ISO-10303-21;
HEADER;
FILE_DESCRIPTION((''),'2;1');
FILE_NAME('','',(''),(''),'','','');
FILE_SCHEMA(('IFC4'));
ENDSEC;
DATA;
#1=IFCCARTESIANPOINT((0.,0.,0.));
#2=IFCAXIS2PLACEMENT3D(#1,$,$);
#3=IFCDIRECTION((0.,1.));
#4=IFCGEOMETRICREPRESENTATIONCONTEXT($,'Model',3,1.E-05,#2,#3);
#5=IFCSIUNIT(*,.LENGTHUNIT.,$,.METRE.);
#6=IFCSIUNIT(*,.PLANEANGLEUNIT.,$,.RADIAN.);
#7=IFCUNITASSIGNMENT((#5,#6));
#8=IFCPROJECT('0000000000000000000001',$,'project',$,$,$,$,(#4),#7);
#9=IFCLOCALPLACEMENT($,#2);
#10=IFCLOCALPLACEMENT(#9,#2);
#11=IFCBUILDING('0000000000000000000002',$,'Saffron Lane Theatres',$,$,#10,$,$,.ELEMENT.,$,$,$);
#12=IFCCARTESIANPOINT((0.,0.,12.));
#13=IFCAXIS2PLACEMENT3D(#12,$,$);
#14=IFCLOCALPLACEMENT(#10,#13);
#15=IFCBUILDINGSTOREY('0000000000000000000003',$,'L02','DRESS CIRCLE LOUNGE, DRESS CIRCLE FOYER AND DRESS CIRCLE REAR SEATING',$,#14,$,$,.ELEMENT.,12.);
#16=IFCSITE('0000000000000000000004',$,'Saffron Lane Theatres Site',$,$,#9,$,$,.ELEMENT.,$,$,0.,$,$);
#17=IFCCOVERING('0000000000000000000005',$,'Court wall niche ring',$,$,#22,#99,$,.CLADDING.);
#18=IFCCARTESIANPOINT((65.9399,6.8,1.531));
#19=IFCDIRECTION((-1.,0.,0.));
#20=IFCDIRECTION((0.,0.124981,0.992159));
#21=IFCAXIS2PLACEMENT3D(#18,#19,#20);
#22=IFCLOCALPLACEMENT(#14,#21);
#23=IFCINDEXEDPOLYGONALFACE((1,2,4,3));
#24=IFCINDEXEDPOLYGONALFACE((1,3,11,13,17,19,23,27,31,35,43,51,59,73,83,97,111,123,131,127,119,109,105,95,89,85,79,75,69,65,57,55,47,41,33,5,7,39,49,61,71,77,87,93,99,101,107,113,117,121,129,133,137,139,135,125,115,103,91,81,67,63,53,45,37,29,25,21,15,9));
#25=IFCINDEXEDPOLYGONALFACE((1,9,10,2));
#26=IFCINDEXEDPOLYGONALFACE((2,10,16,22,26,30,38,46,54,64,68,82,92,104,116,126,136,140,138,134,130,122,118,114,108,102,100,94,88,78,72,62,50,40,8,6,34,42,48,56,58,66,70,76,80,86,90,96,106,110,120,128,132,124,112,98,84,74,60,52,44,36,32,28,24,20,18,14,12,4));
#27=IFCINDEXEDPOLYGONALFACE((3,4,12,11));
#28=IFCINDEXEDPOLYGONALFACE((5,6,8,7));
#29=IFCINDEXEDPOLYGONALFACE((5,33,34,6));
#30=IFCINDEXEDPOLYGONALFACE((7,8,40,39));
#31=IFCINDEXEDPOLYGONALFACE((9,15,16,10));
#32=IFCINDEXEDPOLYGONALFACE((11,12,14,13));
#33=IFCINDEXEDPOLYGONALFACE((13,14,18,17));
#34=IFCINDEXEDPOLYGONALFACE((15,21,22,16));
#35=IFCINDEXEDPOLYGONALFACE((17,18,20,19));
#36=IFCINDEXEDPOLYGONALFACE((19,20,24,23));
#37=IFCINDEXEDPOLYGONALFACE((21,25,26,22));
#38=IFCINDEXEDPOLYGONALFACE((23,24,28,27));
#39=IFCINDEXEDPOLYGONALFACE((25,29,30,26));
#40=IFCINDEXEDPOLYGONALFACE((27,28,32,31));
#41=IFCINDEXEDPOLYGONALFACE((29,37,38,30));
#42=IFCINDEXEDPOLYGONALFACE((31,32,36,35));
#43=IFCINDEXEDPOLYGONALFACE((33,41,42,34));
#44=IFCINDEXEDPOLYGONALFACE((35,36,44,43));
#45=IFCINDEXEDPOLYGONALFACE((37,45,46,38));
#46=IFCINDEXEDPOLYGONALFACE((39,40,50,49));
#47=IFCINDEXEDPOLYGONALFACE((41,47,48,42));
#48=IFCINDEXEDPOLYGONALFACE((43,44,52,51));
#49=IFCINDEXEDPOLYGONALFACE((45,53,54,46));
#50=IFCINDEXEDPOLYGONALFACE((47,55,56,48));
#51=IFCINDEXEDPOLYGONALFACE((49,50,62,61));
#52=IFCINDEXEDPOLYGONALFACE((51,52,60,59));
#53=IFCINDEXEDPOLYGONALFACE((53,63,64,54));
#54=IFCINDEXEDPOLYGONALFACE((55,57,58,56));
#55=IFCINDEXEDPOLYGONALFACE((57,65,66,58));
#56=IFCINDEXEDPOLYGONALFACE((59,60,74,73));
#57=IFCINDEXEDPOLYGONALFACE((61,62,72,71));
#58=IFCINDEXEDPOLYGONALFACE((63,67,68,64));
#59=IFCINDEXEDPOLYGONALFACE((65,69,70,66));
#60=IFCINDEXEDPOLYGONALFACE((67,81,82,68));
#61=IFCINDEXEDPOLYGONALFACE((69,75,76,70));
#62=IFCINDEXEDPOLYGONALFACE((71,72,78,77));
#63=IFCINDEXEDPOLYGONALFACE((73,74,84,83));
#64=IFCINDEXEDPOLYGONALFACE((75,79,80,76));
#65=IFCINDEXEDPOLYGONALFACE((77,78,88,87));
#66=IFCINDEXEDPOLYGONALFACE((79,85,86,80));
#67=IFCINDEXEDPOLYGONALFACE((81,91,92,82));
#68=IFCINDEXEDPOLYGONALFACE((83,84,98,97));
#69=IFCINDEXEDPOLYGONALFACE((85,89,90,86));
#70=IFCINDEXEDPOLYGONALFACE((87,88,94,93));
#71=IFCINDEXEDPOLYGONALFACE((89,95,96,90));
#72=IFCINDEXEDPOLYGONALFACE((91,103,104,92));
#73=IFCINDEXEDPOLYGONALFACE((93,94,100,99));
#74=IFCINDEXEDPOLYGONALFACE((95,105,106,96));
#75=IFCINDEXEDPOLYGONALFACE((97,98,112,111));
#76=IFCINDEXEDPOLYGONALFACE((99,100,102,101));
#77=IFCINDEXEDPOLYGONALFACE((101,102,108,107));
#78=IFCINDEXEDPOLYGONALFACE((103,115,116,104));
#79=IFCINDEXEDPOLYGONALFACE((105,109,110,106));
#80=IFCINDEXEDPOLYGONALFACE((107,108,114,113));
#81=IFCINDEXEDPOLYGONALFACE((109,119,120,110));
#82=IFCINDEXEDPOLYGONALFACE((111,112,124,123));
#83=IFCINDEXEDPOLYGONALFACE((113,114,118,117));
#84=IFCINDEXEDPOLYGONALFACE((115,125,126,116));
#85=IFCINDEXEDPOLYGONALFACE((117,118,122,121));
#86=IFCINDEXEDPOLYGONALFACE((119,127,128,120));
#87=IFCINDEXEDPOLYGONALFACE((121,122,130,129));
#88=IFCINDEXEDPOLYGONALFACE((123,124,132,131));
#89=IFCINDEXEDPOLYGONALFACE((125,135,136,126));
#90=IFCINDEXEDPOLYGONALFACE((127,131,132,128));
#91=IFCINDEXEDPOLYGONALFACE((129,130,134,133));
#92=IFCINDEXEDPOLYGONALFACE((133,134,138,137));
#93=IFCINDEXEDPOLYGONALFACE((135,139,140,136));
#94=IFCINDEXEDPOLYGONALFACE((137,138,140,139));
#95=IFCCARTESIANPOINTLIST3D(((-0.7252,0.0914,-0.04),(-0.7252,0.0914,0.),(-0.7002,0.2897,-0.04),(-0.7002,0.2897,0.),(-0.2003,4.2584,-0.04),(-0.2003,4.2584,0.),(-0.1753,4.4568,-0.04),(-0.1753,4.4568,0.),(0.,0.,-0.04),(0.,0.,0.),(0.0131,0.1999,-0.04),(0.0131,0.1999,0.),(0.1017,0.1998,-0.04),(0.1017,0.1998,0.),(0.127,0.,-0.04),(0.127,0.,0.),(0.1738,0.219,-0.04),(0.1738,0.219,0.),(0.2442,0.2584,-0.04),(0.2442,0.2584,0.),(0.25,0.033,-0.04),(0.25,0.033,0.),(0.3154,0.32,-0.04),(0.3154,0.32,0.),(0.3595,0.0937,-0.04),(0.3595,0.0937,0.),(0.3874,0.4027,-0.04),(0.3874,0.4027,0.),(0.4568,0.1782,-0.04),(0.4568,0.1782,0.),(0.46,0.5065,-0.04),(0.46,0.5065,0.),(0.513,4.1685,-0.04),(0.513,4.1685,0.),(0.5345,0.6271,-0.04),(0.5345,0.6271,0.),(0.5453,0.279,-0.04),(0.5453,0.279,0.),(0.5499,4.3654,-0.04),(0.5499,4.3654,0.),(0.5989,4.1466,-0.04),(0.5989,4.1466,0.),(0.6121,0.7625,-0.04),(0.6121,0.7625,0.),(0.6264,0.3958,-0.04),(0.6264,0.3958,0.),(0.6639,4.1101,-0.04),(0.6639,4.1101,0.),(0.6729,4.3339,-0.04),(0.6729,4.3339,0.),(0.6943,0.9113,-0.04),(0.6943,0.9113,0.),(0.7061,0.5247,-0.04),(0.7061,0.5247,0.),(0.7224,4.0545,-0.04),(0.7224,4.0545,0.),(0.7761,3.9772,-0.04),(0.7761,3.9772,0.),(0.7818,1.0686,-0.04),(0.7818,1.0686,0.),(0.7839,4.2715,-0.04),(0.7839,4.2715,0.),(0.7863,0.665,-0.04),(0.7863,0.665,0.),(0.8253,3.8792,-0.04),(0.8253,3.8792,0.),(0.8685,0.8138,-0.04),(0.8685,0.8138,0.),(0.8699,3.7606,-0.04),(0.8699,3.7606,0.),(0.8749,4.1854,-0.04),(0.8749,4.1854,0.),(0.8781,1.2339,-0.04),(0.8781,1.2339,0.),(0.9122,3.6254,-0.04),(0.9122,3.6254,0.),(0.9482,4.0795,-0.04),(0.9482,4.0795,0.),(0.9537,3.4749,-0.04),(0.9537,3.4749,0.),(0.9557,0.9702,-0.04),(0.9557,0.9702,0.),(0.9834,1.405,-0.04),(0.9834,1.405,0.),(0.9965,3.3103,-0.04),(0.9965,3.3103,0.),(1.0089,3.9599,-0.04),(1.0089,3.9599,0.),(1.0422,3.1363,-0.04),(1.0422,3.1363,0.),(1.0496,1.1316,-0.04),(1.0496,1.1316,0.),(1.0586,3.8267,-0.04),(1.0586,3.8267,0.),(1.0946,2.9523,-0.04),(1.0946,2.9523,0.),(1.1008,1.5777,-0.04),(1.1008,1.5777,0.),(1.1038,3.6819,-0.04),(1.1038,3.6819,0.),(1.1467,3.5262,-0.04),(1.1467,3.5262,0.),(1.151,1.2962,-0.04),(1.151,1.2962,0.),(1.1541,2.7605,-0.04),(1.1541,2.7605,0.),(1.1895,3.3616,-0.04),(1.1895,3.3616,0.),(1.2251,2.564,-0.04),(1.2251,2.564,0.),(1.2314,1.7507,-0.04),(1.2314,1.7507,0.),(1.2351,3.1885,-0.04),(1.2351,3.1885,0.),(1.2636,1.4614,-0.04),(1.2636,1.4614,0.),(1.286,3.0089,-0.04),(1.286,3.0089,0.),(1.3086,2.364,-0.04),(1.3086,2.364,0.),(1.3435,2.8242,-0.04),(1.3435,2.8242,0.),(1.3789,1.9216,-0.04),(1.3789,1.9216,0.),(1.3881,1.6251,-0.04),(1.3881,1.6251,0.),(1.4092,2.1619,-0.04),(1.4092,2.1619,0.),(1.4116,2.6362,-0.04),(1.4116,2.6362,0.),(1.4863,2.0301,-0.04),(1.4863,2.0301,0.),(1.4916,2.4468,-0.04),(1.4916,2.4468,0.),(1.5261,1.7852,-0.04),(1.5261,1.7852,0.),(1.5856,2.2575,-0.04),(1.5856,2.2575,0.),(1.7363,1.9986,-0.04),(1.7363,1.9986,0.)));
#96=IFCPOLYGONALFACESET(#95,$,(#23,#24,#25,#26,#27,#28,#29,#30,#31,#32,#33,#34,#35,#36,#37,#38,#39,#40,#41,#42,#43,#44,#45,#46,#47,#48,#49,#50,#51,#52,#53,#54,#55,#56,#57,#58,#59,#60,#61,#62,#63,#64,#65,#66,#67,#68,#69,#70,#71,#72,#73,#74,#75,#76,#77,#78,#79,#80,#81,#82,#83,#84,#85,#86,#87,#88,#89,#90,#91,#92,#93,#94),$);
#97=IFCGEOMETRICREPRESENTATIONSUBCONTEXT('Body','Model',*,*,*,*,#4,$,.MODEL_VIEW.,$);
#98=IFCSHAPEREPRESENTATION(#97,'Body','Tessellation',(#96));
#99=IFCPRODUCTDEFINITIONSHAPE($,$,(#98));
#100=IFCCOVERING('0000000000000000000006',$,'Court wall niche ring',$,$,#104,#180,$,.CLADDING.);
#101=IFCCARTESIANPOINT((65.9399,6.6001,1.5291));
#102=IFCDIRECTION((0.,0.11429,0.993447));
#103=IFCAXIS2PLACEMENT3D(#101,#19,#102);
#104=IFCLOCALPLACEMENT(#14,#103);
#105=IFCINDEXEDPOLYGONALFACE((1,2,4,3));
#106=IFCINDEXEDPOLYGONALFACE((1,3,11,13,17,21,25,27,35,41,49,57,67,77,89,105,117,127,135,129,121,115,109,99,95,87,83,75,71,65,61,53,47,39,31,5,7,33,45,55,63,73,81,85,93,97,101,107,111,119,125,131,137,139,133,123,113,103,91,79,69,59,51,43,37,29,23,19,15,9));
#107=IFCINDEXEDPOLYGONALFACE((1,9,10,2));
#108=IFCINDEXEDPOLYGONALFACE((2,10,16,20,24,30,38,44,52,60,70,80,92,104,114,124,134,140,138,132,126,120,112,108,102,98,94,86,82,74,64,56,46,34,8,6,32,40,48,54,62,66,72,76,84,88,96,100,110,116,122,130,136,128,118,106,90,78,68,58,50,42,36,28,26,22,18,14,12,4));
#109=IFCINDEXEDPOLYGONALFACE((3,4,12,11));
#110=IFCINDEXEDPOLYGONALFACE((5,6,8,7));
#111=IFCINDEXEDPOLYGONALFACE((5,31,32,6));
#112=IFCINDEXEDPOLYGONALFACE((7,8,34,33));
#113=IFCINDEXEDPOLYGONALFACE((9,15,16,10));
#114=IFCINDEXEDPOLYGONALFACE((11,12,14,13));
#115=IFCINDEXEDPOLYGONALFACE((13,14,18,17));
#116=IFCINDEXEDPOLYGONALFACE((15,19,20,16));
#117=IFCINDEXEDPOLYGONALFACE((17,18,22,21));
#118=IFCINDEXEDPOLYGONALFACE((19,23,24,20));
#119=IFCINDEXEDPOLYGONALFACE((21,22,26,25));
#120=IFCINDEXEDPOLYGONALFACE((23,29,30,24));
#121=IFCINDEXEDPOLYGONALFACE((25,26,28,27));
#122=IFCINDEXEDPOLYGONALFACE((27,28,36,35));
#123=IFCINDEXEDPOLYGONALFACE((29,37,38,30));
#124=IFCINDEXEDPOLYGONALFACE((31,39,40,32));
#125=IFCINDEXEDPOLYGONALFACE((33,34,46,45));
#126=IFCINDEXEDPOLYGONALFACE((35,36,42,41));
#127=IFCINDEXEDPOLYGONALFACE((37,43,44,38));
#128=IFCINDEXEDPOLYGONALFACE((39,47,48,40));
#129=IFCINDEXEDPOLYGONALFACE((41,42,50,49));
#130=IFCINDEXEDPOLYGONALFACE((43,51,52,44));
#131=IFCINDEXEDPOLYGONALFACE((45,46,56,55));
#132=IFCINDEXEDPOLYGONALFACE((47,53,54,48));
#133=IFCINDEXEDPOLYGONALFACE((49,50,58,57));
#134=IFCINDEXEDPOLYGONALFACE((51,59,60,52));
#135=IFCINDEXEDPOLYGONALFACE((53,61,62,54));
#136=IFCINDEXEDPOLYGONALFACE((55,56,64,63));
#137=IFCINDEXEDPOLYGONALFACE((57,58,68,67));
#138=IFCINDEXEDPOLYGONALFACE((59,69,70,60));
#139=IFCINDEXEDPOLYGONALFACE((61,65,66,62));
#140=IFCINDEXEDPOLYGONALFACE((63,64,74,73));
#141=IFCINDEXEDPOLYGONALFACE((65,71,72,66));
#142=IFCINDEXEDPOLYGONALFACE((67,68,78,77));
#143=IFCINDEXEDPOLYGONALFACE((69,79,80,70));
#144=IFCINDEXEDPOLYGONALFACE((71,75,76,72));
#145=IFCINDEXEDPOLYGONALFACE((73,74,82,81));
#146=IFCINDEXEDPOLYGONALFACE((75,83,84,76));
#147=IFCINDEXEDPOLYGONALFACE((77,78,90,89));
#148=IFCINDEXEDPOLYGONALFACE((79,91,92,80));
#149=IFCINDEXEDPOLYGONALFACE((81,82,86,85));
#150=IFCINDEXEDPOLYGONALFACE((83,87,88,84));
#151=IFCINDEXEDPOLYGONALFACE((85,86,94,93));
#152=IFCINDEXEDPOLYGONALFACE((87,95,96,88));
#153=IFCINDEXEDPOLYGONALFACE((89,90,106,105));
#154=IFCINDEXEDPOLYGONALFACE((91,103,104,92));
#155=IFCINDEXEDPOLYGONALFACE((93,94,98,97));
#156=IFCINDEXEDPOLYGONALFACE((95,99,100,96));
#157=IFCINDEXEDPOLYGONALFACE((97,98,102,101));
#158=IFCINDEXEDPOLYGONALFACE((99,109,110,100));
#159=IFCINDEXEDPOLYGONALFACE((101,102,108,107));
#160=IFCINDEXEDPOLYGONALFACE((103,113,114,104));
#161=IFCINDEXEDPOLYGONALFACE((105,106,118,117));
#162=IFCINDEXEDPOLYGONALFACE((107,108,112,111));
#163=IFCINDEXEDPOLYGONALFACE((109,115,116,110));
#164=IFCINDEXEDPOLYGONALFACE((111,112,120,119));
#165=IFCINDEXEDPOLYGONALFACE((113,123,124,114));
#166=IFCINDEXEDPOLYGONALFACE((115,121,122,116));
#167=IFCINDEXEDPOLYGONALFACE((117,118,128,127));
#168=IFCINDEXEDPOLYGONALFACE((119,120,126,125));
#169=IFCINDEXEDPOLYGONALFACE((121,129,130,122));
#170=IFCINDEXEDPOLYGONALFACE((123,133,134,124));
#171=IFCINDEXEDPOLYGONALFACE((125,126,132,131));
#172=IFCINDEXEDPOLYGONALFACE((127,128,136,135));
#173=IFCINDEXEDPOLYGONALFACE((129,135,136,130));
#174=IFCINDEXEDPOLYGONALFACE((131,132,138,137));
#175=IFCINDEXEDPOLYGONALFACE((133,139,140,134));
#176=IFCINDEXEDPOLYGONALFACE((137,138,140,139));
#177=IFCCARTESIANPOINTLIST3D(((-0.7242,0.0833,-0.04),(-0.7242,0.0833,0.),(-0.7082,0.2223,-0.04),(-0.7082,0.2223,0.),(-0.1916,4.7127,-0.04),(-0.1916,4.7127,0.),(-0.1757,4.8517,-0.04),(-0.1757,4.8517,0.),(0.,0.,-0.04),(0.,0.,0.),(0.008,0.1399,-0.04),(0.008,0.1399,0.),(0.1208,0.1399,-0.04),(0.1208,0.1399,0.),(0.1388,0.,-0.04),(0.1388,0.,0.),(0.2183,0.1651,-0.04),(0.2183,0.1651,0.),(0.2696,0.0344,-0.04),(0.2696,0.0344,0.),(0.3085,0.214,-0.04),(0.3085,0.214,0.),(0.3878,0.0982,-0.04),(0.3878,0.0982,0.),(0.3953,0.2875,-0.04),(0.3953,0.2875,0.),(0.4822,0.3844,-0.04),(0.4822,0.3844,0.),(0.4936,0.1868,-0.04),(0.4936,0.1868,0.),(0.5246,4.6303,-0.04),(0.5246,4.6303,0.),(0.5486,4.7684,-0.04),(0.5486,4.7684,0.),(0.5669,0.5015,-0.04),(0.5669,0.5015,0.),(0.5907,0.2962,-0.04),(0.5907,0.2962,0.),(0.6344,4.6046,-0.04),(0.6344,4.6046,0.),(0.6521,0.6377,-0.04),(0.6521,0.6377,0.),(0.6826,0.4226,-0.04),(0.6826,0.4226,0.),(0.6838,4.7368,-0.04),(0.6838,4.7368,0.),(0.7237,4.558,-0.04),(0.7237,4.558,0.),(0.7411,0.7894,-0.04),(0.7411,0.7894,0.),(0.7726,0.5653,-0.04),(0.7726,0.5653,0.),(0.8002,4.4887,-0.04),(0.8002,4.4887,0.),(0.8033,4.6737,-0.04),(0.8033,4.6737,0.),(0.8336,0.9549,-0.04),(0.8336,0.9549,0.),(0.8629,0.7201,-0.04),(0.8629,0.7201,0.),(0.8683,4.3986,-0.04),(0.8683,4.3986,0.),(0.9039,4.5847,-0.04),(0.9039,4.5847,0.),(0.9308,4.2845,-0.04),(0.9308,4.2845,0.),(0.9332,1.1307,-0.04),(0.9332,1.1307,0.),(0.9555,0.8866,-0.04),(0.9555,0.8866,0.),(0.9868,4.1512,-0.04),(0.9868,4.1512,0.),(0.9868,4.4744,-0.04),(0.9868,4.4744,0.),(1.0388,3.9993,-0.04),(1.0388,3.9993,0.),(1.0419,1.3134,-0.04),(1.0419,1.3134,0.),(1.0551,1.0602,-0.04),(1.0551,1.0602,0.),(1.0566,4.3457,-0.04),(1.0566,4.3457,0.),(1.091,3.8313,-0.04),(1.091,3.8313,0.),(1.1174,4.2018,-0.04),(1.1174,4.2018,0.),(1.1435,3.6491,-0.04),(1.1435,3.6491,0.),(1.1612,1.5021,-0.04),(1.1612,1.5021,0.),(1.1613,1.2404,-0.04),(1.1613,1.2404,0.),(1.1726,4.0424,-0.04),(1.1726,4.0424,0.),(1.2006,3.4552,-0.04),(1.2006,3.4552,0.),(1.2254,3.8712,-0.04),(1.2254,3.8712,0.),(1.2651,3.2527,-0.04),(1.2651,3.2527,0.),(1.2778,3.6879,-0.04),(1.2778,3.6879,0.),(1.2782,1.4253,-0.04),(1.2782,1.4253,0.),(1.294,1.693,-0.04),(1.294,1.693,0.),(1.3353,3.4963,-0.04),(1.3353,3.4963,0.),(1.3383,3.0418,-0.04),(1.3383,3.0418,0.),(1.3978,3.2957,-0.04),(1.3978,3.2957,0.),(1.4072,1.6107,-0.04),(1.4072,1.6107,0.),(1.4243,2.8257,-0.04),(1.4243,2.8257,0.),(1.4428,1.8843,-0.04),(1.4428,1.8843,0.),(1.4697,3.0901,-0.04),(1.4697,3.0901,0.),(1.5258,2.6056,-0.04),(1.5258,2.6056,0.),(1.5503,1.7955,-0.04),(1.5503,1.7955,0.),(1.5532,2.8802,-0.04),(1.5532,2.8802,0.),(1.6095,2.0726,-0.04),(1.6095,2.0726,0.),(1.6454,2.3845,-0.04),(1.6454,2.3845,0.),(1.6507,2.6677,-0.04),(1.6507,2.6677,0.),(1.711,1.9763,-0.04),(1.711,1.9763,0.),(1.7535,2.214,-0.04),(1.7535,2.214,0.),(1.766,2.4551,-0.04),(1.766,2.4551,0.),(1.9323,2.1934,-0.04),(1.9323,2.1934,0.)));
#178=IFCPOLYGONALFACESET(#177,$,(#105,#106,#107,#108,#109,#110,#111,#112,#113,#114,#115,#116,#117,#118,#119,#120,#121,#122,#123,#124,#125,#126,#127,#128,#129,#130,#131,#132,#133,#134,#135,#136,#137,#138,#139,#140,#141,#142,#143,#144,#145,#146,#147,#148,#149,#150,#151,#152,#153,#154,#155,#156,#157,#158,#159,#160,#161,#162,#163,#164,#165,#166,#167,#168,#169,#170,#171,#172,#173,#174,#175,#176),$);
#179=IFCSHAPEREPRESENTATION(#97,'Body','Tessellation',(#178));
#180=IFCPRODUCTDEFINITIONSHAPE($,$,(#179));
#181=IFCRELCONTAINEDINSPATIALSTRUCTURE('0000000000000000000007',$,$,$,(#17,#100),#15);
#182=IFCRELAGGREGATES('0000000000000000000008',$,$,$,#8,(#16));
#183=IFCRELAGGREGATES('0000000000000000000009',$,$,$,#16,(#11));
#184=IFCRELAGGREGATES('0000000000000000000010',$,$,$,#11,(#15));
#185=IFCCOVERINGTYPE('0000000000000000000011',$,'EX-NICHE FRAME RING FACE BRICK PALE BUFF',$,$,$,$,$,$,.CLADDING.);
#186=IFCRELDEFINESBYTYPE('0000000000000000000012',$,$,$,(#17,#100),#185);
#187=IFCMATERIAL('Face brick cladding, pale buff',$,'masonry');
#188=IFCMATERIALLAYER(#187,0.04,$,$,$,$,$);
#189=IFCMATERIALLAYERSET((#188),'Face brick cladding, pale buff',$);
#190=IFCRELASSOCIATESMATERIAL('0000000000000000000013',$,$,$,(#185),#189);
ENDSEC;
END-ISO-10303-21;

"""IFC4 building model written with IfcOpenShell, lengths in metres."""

from ifc_helpers import new_model, si_unit, direction, frame, origin, place, context, subcontext, project, spatial, polyline, outline, extrude, material, layer, layer_set, type_object, element, save


model = new_model("IFC4")

# Units and contexts
model_context = context("Model", 3, precision=1e-05, world=origin(), true_north=direction((0.0, 1.0)))
body_context = subcontext(model_context, "Body", "Model", "MODEL_VIEW")
ifc_project = project(units=[si_unit("LENGTHUNIT", "METRE"), si_unit("PLANEANGLEUNIT", "RADIAN")], contexts=[model_context])

# Site, building, storey
site_placement = place(None, origin())
site = spatial("IfcSite", under=ifc_project, at=site_placement, Name="Saffron Lane Theatres Site", CompositionType="ELEMENT", RefElevation=0.0)
building_placement = place(site_placement, origin())
building = spatial("IfcBuilding", under=site, at=building_placement, Name="Saffron Lane Theatres", CompositionType="ELEMENT")
storey_placement = place(building_placement, frame((0.0, 0.0, 12.0)))
storey = spatial("IfcBuildingStorey", under=building, at=storey_placement, Name="L02", Description="DRESS CIRCLE LOUNGE, DRESS CIRCLE FOYER AND DRESS CIRCLE REAR SEATING", CompositionType="ELEMENT", Elevation=12.0)

# Coverings
ifc_material_1 = material(Name="Face brick cladding, pale buff", Category="masonry")
ifc_layer_1 = layer(ifc_material_1, 0.04)
ifc_layer_set_1 = layer_set([ifc_layer_1], Name="Face brick cladding, pale buff")
covering_type_1 = type_object("IfcCoveringType", Name="EX-NICHE FRAME RING FACE BRICK PALE BUFF", PredefinedType="CLADDING", material=ifc_layer_set_1)
covering_1_placement = place(storey_placement, frame((65.9399, 6.8, 1.531), z_axis=(-1.0, 0.0, 0.0), x_axis=(0.0, 0.124981, 0.992159)))
element("IfcCovering", 1, at=covering_1_placement, inside=storey, type_object=covering_type_1, Name="Court wall niche ring", PredefinedType="CLADDING", context=body_context, shape_type="SweptSolid", body=[
    extrude(outline(polyline([(0.0, 0.0), (0.127, 0.0), (0.25, 0.033), (0.3595, 0.0937), (0.4568, 0.1782), (0.5453, 0.279), (0.6264, 0.3958), (0.7061, 0.5247), (0.7863, 0.665), (0.8685, 0.8138), (0.9557, 0.9702), (1.0496, 1.1316), (1.151, 1.2962), (1.2636, 1.4614), (1.3881, 1.6251), (1.5261, 1.7852), (1.7363, 1.9986), (1.5856, 2.2575), (1.4916, 2.4468), (1.4116, 2.6362), (1.3435, 2.8242), (1.286, 3.0089), (1.2351, 3.1885), (1.1895, 3.3616), (1.1467, 3.5262), (1.1038, 3.6819), (1.0586, 3.8267), (1.0089, 3.9599), (0.9482, 4.0795), (0.8749, 4.1854), (0.7839, 4.2715), (0.6729, 4.3339), (0.5499, 4.3654), (-0.1753, 4.4568), (-0.2003, 4.2584), (0.513, 4.1685), (0.5989, 4.1466), (0.6639, 4.1101), (0.7224, 4.0545), (0.7761, 3.9772), (0.8253, 3.8792), (0.8699, 3.7606), (0.9122, 3.6254), (0.9537, 3.4749), (0.9965, 3.3103), (1.0422, 3.1363), (1.0946, 2.9523), (1.1541, 2.7605), (1.2251, 2.564), (1.3086, 2.364), (1.4092, 2.1619), (1.4863, 2.0301), (1.3789, 1.9216), (1.2314, 1.7507), (1.1008, 1.5777), (0.9834, 1.405), (0.8781, 1.2339), (0.7818, 1.0686), (0.6943, 0.9113), (0.6121, 0.7625), (0.5345, 0.6271), (0.46, 0.5065), (0.3874, 0.4027), (0.3154, 0.32), (0.2442, 0.2584), (0.1738, 0.219), (0.1017, 0.1998), (0.0131, 0.1999), (-0.7002, 0.2897), (-0.7252, 0.0914), (0.0, 0.0)])), origin(), (0.0, 0.0, -1.0), 0.04),
])
covering_2_placement = place(storey_placement, frame((65.9399, 6.6001, 1.5291), z_axis=(-1.0, 0.0, 0.0), x_axis=(0.0, 0.11429, 0.993447)))
element("IfcCovering", 2, at=covering_2_placement, inside=storey, type_object=covering_type_1, Name="Court wall niche ring", PredefinedType="CLADDING", context=body_context, shape_type="SweptSolid", body=[
    extrude(outline(polyline([(0.0, 0.0), (0.1388, 0.0), (0.2696, 0.0344), (0.3878, 0.0982), (0.4936, 0.1868), (0.5907, 0.2962), (0.6826, 0.4226), (0.7726, 0.5653), (0.8629, 0.7201), (0.9555, 0.8866), (1.0551, 1.0602), (1.1613, 1.2404), (1.2782, 1.4253), (1.4072, 1.6107), (1.5503, 1.7955), (1.711, 1.9763), (1.9323, 2.1934), (1.766, 2.4551), (1.6507, 2.6677), (1.5532, 2.8802), (1.4697, 3.0901), (1.3978, 3.2957), (1.3353, 3.4963), (1.2778, 3.6879), (1.2254, 3.8712), (1.1726, 4.0424), (1.1174, 4.2018), (1.0566, 4.3457), (0.9868, 4.4744), (0.9039, 4.5847), (0.8033, 4.6737), (0.6838, 4.7368), (0.5486, 4.7684), (-0.1757, 4.8517), (-0.1916, 4.7127), (0.5246, 4.6303), (0.6344, 4.6046), (0.7237, 4.558), (0.8002, 4.4887), (0.8683, 4.3986), (0.9308, 4.2845), (0.9868, 4.1512), (1.0388, 3.9993), (1.091, 3.8313), (1.1435, 3.6491), (1.2006, 3.4552), (1.2651, 3.2527), (1.3383, 3.0418), (1.4243, 2.8257), (1.5258, 2.6056), (1.6454, 2.3845), (1.7535, 2.214), (1.6095, 2.0726), (1.4428, 1.8843), (1.294, 1.693), (1.1612, 1.5021), (1.0419, 1.3134), (0.9332, 1.1307), (0.8336, 0.9549), (0.7411, 0.7894), (0.6521, 0.6377), (0.5669, 0.5015), (0.4822, 0.3844), (0.3953, 0.2875), (0.3085, 0.214), (0.2183, 0.1651), (0.1208, 0.1399), (0.008, 0.1399), (-0.7082, 0.2223), (-0.7242, 0.0833), (0.0, 0.0)])), origin(), (0.0, 0.0, -1.0), 0.04),
])

save(model, "model.ifc")
